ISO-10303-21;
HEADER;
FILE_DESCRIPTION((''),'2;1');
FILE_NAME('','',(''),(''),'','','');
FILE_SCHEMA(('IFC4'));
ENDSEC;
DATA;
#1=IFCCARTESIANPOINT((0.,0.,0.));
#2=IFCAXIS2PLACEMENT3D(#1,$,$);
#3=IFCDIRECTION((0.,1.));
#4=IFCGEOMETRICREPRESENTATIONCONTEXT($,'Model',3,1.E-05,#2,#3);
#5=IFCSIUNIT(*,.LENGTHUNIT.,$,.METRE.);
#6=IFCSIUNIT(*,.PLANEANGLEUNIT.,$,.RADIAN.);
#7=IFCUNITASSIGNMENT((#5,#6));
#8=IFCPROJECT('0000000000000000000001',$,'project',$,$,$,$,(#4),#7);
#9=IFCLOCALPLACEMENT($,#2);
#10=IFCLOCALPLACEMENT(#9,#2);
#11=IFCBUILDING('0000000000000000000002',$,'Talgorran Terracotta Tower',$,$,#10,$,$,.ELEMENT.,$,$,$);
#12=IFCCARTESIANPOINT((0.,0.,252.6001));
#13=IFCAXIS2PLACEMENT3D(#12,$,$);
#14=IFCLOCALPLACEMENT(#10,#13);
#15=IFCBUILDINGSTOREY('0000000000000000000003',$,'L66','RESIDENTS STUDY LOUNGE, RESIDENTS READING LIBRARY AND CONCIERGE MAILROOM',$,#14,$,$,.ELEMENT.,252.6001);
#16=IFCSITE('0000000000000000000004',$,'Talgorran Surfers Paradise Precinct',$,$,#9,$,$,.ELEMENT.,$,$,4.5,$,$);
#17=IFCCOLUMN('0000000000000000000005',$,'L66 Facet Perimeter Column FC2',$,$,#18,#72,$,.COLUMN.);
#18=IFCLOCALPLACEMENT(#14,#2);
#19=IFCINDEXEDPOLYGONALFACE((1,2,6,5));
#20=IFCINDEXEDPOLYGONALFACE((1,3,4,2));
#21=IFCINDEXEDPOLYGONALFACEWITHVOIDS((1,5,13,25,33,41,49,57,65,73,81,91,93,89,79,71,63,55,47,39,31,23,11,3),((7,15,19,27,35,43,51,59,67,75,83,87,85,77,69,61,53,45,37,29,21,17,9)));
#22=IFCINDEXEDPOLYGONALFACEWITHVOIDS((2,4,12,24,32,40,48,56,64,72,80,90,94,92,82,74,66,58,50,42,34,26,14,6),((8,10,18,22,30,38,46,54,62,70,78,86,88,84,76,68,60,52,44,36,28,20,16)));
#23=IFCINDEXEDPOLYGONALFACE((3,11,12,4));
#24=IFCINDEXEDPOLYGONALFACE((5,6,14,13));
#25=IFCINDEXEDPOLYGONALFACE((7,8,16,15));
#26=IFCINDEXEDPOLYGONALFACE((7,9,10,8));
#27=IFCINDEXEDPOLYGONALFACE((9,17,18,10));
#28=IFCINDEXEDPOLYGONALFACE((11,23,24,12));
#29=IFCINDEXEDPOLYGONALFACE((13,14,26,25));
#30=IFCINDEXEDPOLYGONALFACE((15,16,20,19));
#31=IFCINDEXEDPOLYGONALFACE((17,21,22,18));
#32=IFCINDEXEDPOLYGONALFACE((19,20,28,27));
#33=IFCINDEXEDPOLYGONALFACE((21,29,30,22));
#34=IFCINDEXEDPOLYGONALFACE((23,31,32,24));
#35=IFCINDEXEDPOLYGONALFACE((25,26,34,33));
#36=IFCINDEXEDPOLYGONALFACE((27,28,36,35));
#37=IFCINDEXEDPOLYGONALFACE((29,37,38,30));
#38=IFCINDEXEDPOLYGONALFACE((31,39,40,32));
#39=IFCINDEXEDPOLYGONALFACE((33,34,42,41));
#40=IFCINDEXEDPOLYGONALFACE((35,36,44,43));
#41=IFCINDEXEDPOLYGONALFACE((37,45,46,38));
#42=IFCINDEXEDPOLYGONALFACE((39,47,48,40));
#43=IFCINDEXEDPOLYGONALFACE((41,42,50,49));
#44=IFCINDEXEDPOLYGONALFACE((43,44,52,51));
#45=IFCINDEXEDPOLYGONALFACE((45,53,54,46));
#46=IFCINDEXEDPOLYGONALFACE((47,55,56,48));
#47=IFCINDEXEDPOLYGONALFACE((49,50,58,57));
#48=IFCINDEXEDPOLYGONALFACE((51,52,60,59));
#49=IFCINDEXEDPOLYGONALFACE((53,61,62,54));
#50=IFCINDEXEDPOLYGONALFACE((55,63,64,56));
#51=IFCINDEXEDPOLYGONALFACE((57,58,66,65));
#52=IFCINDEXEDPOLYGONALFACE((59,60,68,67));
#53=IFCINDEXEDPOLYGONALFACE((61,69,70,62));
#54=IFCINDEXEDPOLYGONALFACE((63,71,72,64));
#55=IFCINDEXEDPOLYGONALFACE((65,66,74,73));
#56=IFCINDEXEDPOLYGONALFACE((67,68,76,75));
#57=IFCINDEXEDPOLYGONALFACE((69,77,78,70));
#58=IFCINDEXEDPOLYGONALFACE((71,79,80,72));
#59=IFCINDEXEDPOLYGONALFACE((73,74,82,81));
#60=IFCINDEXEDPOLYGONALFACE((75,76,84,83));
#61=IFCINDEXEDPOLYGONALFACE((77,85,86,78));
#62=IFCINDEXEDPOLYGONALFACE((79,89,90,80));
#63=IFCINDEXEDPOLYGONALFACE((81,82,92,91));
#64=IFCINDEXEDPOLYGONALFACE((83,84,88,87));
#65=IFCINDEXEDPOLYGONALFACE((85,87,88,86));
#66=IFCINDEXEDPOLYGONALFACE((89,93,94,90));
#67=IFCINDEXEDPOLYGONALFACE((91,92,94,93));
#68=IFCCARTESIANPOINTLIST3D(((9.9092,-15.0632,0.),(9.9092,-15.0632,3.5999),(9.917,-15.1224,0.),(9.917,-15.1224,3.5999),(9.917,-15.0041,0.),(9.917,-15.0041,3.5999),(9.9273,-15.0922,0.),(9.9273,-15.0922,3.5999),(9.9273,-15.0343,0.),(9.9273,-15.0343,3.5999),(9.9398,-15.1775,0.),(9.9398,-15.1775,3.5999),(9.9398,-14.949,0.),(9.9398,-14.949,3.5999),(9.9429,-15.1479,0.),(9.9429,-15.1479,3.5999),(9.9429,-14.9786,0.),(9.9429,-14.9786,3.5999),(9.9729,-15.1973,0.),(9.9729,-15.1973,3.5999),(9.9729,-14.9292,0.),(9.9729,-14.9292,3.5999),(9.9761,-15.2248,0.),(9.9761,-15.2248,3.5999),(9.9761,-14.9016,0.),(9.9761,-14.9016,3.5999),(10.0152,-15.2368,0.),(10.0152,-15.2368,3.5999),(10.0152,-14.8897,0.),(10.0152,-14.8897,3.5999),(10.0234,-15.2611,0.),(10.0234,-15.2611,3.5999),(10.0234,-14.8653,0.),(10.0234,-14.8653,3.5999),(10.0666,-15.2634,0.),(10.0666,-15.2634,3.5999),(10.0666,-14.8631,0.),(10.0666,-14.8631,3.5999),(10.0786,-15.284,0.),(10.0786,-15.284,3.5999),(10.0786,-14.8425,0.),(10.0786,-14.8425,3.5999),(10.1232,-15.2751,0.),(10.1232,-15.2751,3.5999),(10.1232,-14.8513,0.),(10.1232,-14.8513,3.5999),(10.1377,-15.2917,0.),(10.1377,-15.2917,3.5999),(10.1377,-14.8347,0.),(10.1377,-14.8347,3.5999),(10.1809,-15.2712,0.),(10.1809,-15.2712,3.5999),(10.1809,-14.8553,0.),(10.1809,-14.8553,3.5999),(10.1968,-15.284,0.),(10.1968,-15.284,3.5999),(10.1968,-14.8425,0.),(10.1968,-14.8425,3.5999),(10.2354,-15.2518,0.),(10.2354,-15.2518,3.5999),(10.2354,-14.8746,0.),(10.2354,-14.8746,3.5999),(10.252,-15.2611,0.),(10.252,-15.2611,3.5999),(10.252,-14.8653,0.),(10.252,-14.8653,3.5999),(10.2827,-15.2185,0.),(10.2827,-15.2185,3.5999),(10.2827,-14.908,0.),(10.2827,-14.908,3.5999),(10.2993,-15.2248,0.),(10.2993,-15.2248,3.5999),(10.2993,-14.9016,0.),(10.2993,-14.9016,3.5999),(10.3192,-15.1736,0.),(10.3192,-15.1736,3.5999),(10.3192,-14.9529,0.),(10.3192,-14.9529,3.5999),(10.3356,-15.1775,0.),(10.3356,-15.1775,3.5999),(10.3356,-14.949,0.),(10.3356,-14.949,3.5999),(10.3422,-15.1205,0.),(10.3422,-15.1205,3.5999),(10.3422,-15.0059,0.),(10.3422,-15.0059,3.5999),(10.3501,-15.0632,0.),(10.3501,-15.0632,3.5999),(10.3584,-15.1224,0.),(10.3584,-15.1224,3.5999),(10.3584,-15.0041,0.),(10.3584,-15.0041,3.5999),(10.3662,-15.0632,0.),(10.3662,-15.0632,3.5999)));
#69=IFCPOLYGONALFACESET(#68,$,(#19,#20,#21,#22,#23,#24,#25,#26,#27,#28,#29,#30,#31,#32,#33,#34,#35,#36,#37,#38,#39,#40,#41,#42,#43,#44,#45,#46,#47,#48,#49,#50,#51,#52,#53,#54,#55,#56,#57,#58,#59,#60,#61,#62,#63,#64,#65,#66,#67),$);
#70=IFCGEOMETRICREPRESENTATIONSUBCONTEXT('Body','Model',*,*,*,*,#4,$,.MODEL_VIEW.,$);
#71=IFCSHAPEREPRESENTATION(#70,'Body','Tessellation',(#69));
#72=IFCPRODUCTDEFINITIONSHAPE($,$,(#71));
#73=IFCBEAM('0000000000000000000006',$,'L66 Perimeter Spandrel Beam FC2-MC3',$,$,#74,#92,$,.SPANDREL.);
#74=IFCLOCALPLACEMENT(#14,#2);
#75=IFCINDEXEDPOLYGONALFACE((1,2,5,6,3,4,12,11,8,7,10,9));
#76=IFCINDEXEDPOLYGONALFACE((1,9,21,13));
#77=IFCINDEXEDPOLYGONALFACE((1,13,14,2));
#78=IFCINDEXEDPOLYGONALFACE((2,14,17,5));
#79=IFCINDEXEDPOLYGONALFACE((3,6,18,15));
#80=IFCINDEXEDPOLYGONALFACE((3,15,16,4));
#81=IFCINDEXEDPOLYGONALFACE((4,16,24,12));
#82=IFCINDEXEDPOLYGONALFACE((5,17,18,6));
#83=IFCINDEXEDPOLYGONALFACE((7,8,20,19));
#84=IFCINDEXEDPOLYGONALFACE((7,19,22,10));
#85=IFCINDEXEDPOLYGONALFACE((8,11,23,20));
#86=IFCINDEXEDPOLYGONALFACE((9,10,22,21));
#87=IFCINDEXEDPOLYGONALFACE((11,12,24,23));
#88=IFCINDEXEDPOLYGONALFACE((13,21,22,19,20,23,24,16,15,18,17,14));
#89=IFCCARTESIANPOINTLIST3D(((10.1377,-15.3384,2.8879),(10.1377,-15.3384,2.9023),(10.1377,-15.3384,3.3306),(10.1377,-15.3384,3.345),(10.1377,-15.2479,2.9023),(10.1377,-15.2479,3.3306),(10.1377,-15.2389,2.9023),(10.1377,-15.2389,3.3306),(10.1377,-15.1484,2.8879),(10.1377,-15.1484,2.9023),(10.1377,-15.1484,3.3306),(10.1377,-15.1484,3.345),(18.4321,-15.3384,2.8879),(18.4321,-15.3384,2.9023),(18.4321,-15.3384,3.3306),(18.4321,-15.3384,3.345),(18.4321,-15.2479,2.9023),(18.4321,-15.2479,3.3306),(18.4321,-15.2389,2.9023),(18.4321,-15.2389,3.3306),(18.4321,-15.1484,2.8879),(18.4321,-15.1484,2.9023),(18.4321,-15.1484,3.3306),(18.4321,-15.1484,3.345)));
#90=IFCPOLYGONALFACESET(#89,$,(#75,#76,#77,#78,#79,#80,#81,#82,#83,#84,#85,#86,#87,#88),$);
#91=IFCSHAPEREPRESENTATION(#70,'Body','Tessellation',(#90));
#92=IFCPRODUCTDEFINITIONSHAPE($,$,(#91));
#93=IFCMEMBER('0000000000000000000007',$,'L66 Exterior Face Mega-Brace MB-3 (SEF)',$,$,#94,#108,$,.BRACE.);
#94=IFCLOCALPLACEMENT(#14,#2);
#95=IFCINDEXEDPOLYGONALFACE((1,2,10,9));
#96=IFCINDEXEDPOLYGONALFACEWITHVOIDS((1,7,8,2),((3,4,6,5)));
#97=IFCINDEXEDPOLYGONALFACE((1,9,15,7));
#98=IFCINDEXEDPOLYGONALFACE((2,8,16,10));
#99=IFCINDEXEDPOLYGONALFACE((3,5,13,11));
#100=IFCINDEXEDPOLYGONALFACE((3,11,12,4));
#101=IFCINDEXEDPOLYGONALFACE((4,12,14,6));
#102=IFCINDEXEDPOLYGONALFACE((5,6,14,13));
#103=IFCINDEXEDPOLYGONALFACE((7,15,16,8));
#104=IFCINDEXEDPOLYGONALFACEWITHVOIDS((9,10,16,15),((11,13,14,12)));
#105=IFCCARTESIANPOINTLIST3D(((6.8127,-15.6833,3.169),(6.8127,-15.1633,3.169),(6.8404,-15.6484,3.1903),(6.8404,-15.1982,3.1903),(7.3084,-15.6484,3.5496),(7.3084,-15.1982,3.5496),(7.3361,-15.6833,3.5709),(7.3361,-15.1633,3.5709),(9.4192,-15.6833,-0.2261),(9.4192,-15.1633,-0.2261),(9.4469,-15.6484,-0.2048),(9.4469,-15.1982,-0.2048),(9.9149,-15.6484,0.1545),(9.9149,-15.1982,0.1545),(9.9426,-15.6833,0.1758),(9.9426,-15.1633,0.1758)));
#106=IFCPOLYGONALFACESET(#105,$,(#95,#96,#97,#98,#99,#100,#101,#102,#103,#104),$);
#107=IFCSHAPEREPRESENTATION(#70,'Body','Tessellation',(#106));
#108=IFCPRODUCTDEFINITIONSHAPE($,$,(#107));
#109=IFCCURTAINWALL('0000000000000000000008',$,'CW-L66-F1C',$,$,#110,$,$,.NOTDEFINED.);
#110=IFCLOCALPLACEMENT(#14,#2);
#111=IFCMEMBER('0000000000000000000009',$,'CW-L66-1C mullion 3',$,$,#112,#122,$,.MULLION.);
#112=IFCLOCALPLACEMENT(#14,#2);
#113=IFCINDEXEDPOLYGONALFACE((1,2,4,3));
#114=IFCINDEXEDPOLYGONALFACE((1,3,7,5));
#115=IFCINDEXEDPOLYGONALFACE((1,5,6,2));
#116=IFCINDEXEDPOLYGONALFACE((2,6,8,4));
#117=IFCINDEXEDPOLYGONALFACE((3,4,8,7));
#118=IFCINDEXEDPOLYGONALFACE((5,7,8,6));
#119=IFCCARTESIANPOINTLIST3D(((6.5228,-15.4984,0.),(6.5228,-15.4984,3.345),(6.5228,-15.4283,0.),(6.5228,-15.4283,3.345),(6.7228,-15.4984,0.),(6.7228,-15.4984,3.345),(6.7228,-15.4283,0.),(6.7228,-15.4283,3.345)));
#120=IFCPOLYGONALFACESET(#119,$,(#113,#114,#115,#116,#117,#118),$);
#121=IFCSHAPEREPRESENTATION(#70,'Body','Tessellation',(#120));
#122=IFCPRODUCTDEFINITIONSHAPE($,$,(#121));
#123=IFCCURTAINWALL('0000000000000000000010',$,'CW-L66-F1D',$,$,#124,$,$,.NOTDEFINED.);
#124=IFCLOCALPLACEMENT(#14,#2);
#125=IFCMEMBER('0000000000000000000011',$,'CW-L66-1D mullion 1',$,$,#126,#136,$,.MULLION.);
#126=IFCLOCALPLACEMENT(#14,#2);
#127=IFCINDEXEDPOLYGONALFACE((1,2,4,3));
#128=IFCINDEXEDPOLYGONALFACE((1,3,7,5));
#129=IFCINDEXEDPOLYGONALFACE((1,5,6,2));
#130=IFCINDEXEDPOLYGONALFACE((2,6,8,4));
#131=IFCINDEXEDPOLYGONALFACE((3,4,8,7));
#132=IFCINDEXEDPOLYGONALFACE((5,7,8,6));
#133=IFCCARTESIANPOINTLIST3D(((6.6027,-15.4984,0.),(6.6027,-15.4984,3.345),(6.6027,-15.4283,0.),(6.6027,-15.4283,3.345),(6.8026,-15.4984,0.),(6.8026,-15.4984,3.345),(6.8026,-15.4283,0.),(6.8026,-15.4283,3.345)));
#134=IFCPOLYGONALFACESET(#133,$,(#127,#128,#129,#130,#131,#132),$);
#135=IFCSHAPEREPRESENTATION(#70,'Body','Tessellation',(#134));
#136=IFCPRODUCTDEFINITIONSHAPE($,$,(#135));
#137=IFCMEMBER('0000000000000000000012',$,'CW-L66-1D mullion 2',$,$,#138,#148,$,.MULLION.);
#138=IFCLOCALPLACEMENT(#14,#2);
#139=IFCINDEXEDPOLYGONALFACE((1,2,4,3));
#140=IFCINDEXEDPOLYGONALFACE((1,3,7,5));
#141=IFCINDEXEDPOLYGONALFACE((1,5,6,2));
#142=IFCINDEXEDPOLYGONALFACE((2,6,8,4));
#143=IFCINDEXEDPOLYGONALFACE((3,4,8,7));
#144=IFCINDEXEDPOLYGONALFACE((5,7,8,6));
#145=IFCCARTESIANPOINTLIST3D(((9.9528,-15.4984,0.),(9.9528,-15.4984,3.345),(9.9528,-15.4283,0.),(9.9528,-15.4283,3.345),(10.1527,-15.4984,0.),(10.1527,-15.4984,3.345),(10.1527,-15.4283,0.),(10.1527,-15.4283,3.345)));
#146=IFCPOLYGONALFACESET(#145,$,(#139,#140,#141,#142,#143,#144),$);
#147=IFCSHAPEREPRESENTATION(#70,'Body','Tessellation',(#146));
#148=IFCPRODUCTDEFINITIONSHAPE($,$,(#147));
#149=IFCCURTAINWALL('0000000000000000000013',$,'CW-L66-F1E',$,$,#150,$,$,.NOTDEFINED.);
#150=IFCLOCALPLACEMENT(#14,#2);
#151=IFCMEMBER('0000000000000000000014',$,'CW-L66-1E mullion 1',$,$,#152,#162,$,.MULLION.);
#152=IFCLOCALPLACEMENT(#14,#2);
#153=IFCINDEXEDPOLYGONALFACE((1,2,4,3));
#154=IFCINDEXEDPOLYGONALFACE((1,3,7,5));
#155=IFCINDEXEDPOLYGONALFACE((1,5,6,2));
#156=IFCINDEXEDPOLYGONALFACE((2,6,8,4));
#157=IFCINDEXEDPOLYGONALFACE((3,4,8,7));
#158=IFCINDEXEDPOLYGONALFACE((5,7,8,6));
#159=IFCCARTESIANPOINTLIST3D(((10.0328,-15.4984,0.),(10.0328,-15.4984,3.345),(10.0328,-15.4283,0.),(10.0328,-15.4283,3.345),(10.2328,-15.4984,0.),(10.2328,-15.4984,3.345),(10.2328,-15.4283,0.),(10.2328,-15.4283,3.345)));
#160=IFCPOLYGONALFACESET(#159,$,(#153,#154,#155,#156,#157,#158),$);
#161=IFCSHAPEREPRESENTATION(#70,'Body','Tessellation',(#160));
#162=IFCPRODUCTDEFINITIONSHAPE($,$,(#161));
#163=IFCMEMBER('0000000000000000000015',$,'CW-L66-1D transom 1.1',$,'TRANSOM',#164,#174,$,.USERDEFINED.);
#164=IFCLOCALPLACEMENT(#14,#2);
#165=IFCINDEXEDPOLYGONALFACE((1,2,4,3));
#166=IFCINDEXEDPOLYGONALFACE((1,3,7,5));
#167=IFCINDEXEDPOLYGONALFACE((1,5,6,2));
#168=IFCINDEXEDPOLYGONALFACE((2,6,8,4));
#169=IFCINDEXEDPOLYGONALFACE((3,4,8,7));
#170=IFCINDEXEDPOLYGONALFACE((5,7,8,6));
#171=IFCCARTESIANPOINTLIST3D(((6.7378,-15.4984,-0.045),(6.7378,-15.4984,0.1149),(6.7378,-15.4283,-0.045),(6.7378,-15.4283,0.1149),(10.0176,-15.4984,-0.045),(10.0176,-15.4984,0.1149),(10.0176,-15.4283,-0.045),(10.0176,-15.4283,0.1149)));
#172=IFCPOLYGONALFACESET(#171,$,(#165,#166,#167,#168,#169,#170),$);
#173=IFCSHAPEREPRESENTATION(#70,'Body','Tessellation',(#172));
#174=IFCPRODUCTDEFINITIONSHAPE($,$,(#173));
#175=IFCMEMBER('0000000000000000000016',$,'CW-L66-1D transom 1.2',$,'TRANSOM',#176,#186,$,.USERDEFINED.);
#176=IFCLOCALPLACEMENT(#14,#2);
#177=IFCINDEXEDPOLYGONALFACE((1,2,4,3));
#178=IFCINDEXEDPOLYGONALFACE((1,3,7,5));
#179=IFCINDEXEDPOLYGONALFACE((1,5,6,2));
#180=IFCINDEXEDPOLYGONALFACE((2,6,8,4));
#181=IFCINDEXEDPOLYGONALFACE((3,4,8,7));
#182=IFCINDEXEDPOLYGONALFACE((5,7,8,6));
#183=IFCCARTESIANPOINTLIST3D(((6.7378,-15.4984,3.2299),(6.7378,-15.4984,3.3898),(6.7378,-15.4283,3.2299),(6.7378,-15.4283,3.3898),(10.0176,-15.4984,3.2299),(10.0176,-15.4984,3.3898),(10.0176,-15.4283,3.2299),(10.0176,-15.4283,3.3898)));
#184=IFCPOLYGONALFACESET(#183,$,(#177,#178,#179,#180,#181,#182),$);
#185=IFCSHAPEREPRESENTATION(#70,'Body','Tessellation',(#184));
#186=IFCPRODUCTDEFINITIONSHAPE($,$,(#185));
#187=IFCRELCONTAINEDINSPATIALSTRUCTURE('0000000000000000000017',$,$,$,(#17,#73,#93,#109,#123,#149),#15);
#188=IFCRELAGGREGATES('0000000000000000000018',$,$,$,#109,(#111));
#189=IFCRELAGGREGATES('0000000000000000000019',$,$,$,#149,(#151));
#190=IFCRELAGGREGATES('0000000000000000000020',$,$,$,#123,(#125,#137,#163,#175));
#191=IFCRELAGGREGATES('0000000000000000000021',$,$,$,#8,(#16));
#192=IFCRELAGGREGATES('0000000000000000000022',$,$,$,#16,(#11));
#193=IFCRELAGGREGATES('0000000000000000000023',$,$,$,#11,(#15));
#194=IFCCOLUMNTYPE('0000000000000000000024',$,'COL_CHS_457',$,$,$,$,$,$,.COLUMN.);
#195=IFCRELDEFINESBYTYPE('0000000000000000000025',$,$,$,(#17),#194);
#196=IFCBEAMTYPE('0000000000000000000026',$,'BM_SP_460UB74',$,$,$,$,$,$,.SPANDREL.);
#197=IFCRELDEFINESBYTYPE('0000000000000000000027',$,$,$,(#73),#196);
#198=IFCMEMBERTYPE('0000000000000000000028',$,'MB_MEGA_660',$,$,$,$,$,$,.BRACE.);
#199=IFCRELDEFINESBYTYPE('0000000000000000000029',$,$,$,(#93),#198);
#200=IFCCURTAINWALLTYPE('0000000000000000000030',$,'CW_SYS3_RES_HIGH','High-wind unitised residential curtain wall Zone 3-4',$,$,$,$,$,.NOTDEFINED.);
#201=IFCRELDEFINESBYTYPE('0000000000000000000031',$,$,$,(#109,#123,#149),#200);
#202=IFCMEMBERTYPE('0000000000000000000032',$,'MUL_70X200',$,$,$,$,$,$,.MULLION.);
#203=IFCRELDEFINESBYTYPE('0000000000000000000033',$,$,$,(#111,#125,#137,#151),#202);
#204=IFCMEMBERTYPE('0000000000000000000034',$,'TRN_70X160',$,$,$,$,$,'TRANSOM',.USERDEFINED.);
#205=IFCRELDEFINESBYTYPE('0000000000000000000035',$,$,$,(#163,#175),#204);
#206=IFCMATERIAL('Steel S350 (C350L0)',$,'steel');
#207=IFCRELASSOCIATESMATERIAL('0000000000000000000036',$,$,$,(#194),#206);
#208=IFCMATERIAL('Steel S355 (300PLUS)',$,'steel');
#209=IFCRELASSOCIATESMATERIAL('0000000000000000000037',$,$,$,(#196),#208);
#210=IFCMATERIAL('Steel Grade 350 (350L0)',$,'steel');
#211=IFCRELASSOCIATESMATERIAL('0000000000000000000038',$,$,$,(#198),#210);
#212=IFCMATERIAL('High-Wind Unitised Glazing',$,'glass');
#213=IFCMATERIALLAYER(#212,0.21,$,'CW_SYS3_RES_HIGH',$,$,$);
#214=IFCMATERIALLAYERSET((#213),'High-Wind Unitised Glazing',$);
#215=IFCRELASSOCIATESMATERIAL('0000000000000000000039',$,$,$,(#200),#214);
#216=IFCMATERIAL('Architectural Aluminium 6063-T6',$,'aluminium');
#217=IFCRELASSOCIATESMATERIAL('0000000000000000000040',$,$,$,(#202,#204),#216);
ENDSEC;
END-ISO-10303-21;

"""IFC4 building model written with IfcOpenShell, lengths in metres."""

from ifc_helpers import new_model, si_unit, direction, frame, origin, origin_2d, place, context, subcontext, project, spatial, rectangle, hollow_rectangle, hollow_circle, i_section, extrude, material, layer, layer_set, material_profile, profile_set, type_object, element, aggregate, save


model = new_model("IFC4")

# Units and contexts
model_context = context("Model", 3, precision=1e-05, world=origin(), true_north=direction((0.0, 1.0)))
body_context = subcontext(model_context, "Body", "Model", "MODEL_VIEW")
ifc_project = project(units=[si_unit("LENGTHUNIT", "METRE"), si_unit("PLANEANGLEUNIT", "RADIAN")], contexts=[model_context])

# Site, building, storey
site_placement = place(None, origin())
site = spatial("IfcSite", under=ifc_project, at=site_placement, Name="Talgorran Surfers Paradise Precinct", CompositionType="ELEMENT", RefElevation=4.5)
building_placement = place(site_placement, origin())
building = spatial("IfcBuilding", under=site, at=building_placement, Name="Talgorran Terracotta Tower", CompositionType="ELEMENT")
storey_placement = place(building_placement, frame((0.0, 0.0, 252.6001)))
storey = spatial("IfcBuildingStorey", under=building, at=storey_placement, Name="L66", Description="RESIDENTS STUDY LOUNGE, RESIDENTS READING LIBRARY AND CONCIERGE MAILROOM", CompositionType="ELEMENT", Elevation=252.6001)

# Column
ifc_material_1 = material(Name="Steel S350 (C350L0)", Category="steel")
ifc_material_profile_1 = material_profile(ifc_material_1, hollow_circle(Radius=0.2285, WallThickness=0.0161, at=origin_2d()), Name="CHS457X16")
ifc_profile_set_1 = profile_set([ifc_material_profile_1], Name="Steel S350 (C350L0)")
column_type = type_object("IfcColumnType", Name="COL_CHS_457", PredefinedType="COLUMN", material=ifc_profile_set_1)
column_placement = place(storey_placement, frame((10.1377, -15.0632, 0.0), z_axis=(0.0, 0.0, 1.0), x_axis=(1.0, 0.0, 0.0)))
element("IfcColumn", 1, at=column_placement, inside=storey, type_object=column_type, Name="L66 Facet Perimeter Column FC2", PredefinedType="COLUMN", context=body_context, shape_type="SweptSolid", body=[
    extrude(hollow_circle(Radius=0.2285, WallThickness=0.0161, at=origin_2d()), origin(), (0.0, 0.0, 1.0), 3.5999),
])

# Beam
ifc_material_2 = material(Name="Steel S355 (300PLUS)", Category="steel")
ifc_material_profile_2 = material_profile(ifc_material_2, i_section(OverallWidth=0.1899, OverallDepth=0.457, WebThickness=0.009, FlangeThickness=0.0144, at=origin_2d()), Name="460UB74.6")
ifc_profile_set_2 = profile_set([ifc_material_profile_2], Name="Steel S355 (300PLUS)")
beam_type = type_object("IfcBeamType", Name="BM_SP_460UB74", PredefinedType="SPANDREL", material=ifc_profile_set_2)
beam_placement = place(storey_placement, frame((10.1377, -15.2434, 3.1165), z_axis=(1.0, 0.0, 0.0), x_axis=(0.0, 1.0, 0.0)))
element("IfcBeam", 2, at=beam_placement, inside=storey, type_object=beam_type, Name="L66 Perimeter Spandrel Beam FC2-MC3", PredefinedType="SPANDREL", context=body_context, shape_type="SweptSolid", body=[
    extrude(i_section(OverallWidth=0.1899, OverallDepth=0.457, WebThickness=0.009, FlangeThickness=0.0144, at=origin_2d()), origin(), (0.0, 0.0, 1.0), 8.2944),
])

# Member
ifc_material_3 = material(Name="Steel Grade 350 (350L0)", Category="steel")
ifc_material_profile_3 = material_profile(ifc_material_3, hollow_rectangle(XDim=0.52, YDim=0.6599, WallThickness=0.0349, at=origin_2d()), Name="WBOX660X520X35")
ifc_profile_set_3 = profile_set([ifc_material_profile_3], Name="Steel Grade 350 (350L0)")
member_type_1 = type_object("IfcMemberType", Name="MB_MEGA_660", PredefinedType="BRACE", material=ifc_profile_set_3)
member_1_placement = place(storey_placement, frame((9.6809, -15.4233, -0.0251), z_axis=(-0.608961, 0.0, 0.7932), x_axis=(0.0, -1.0, 0.0)))
element("IfcMember", 3, at=member_1_placement, inside=storey, type_object=member_type_1, Name="L66 Exterior Face Mega-Brace MB-3 (SEF)", PredefinedType="BRACE", context=body_context, shape_type="SweptSolid", body=[
    extrude(hollow_rectangle(XDim=0.52, YDim=0.6599, WallThickness=0.0349, at=origin_2d()), origin(), (0.0, 0.0, 1.0), 4.2803),
])

# Curtain wall, member
ifc_material_4 = material(Name="High-Wind Unitised Glazing", Category="glass")
ifc_layer_1 = layer(ifc_material_4, 0.21, Name="CW_SYS3_RES_HIGH")
ifc_layer_set_1 = layer_set([ifc_layer_1], Name="High-Wind Unitised Glazing")
curtain_wall_type = type_object("IfcCurtainWallType", Name="CW_SYS3_RES_HIGH", Description="High-wind unitised residential curtain wall Zone 3-4", PredefinedType="NOTDEFINED", material=ifc_layer_set_1)
curtain_wall_1_placement = place(storey_placement, origin())
curtain_wall_1 = element("IfcCurtainWall", 4, at=curtain_wall_1_placement, inside=storey, type_object=curtain_wall_type, Name="CW-L66-F1C", PredefinedType="NOTDEFINED")
ifc_material_5 = material(Name="Architectural Aluminium 6063-T6", Category="aluminium")
ifc_material_profile_4 = material_profile(ifc_material_5, rectangle(XDim=0.0701, YDim=0.2, at=origin_2d()), Name="CWM70X200")
ifc_profile_set_4 = profile_set([ifc_material_profile_4], Name="Architectural Aluminium 6063-T6")
member_type_2 = type_object("IfcMemberType", Name="MUL_70X200", PredefinedType="MULLION", material=ifc_profile_set_4)
member_2_placement = place(storey_placement, frame((6.6228, -15.4634, 0.0), z_axis=(0.0, 0.0, 1.0), x_axis=(0.0, 1.0, 0.0)))
member_2 = element("IfcMember", 5, at=member_2_placement, type_object=member_type_2, Name="CW-L66-1C mullion 3", PredefinedType="MULLION", context=body_context, shape_type="SweptSolid", body=[
    extrude(rectangle(XDim=0.0701, YDim=0.2, at=origin_2d()), origin(), (0.0, 0.0, 1.0), 3.345),
])
aggregate(curtain_wall_1, [member_2])

# Curtain wall, members
curtain_wall_2_placement = place(storey_placement, origin())
curtain_wall_2 = element("IfcCurtainWall", 6, at=curtain_wall_2_placement, inside=storey, type_object=curtain_wall_type, Name="CW-L66-F1D", PredefinedType="NOTDEFINED")
member_3_placement = place(storey_placement, frame((6.7026, -15.4634, 0.0), z_axis=(0.0, 0.0, 1.0), x_axis=(0.0, 1.0, 0.0)))
member_3 = element("IfcMember", 7, at=member_3_placement, type_object=member_type_2, Name="CW-L66-1D mullion 1", PredefinedType="MULLION", context=body_context, shape_type="SweptSolid", body=[
    extrude(rectangle(XDim=0.0701, YDim=0.2, at=origin_2d()), origin(), (0.0, 0.0, 1.0), 3.345),
])
member_4_placement = place(storey_placement, frame((10.0527, -15.4634, 0.0), z_axis=(0.0, 0.0, 1.0), x_axis=(0.0, 1.0, 0.0)))
member_4 = element("IfcMember", 8, at=member_4_placement, type_object=member_type_2, Name="CW-L66-1D mullion 2", PredefinedType="MULLION", context=body_context, shape_type="SweptSolid", body=[
    extrude(rectangle(XDim=0.0701, YDim=0.2, at=origin_2d()), origin(), (0.0, 0.0, 1.0), 3.345),
])

# Curtain wall, member
curtain_wall_3_placement = place(storey_placement, origin())
curtain_wall_3 = element("IfcCurtainWall", 9, at=curtain_wall_3_placement, inside=storey, type_object=curtain_wall_type, Name="CW-L66-F1E", PredefinedType="NOTDEFINED")
member_5_placement = place(storey_placement, frame((10.1328, -15.4634, 0.0), z_axis=(0.0, 0.0, 1.0), x_axis=(0.0, 1.0, 0.0)))
member_5 = element("IfcMember", 10, at=member_5_placement, type_object=member_type_2, Name="CW-L66-1E mullion 1", PredefinedType="MULLION", context=body_context, shape_type="SweptSolid", body=[
    extrude(rectangle(XDim=0.0701, YDim=0.2, at=origin_2d()), origin(), (0.0, 0.0, 1.0), 3.345),
])

# Members
ifc_material_profile_5 = material_profile(ifc_material_5, rectangle(XDim=0.0701, YDim=0.1599, at=origin_2d()), Name="CWT70X160")
ifc_profile_set_5 = profile_set([ifc_material_profile_5], Name="Architectural Aluminium 6063-T6")
member_type_3 = type_object("IfcMemberType", Name="TRN_70X160", ElementType="TRANSOM", PredefinedType="USERDEFINED", material=ifc_profile_set_5)
member_6_placement = place(storey_placement, frame((6.7378, -15.4634, 0.0349), z_axis=(1.0, 0.0, 0.0), x_axis=(0.0, 1.0, 0.0)))
member_6 = element("IfcMember", 11, at=member_6_placement, type_object=member_type_3, Name="CW-L66-1D transom 1.1", ObjectType="TRANSOM", PredefinedType="USERDEFINED", context=body_context, shape_type="SweptSolid", body=[
    extrude(rectangle(XDim=0.0701, YDim=0.1599, at=origin_2d()), origin(), (0.0, 0.0, 1.0), 3.2798),
])
member_7_placement = place(storey_placement, frame((6.7378, -15.4634, 3.3098), z_axis=(1.0, 0.0, 0.0), x_axis=(0.0, 1.0, 0.0)))
member_7 = element("IfcMember", 12, at=member_7_placement, type_object=member_type_3, Name="CW-L66-1D transom 1.2", ObjectType="TRANSOM", PredefinedType="USERDEFINED", context=body_context, shape_type="SweptSolid", body=[
    extrude(rectangle(XDim=0.0701, YDim=0.1599, at=origin_2d()), origin(), (0.0, 0.0, 1.0), 3.2798),
])
aggregate(curtain_wall_3, [member_5])

aggregate(curtain_wall_2, [member_3, member_4, member_6, member_7])

save(model, "model.ifc")
